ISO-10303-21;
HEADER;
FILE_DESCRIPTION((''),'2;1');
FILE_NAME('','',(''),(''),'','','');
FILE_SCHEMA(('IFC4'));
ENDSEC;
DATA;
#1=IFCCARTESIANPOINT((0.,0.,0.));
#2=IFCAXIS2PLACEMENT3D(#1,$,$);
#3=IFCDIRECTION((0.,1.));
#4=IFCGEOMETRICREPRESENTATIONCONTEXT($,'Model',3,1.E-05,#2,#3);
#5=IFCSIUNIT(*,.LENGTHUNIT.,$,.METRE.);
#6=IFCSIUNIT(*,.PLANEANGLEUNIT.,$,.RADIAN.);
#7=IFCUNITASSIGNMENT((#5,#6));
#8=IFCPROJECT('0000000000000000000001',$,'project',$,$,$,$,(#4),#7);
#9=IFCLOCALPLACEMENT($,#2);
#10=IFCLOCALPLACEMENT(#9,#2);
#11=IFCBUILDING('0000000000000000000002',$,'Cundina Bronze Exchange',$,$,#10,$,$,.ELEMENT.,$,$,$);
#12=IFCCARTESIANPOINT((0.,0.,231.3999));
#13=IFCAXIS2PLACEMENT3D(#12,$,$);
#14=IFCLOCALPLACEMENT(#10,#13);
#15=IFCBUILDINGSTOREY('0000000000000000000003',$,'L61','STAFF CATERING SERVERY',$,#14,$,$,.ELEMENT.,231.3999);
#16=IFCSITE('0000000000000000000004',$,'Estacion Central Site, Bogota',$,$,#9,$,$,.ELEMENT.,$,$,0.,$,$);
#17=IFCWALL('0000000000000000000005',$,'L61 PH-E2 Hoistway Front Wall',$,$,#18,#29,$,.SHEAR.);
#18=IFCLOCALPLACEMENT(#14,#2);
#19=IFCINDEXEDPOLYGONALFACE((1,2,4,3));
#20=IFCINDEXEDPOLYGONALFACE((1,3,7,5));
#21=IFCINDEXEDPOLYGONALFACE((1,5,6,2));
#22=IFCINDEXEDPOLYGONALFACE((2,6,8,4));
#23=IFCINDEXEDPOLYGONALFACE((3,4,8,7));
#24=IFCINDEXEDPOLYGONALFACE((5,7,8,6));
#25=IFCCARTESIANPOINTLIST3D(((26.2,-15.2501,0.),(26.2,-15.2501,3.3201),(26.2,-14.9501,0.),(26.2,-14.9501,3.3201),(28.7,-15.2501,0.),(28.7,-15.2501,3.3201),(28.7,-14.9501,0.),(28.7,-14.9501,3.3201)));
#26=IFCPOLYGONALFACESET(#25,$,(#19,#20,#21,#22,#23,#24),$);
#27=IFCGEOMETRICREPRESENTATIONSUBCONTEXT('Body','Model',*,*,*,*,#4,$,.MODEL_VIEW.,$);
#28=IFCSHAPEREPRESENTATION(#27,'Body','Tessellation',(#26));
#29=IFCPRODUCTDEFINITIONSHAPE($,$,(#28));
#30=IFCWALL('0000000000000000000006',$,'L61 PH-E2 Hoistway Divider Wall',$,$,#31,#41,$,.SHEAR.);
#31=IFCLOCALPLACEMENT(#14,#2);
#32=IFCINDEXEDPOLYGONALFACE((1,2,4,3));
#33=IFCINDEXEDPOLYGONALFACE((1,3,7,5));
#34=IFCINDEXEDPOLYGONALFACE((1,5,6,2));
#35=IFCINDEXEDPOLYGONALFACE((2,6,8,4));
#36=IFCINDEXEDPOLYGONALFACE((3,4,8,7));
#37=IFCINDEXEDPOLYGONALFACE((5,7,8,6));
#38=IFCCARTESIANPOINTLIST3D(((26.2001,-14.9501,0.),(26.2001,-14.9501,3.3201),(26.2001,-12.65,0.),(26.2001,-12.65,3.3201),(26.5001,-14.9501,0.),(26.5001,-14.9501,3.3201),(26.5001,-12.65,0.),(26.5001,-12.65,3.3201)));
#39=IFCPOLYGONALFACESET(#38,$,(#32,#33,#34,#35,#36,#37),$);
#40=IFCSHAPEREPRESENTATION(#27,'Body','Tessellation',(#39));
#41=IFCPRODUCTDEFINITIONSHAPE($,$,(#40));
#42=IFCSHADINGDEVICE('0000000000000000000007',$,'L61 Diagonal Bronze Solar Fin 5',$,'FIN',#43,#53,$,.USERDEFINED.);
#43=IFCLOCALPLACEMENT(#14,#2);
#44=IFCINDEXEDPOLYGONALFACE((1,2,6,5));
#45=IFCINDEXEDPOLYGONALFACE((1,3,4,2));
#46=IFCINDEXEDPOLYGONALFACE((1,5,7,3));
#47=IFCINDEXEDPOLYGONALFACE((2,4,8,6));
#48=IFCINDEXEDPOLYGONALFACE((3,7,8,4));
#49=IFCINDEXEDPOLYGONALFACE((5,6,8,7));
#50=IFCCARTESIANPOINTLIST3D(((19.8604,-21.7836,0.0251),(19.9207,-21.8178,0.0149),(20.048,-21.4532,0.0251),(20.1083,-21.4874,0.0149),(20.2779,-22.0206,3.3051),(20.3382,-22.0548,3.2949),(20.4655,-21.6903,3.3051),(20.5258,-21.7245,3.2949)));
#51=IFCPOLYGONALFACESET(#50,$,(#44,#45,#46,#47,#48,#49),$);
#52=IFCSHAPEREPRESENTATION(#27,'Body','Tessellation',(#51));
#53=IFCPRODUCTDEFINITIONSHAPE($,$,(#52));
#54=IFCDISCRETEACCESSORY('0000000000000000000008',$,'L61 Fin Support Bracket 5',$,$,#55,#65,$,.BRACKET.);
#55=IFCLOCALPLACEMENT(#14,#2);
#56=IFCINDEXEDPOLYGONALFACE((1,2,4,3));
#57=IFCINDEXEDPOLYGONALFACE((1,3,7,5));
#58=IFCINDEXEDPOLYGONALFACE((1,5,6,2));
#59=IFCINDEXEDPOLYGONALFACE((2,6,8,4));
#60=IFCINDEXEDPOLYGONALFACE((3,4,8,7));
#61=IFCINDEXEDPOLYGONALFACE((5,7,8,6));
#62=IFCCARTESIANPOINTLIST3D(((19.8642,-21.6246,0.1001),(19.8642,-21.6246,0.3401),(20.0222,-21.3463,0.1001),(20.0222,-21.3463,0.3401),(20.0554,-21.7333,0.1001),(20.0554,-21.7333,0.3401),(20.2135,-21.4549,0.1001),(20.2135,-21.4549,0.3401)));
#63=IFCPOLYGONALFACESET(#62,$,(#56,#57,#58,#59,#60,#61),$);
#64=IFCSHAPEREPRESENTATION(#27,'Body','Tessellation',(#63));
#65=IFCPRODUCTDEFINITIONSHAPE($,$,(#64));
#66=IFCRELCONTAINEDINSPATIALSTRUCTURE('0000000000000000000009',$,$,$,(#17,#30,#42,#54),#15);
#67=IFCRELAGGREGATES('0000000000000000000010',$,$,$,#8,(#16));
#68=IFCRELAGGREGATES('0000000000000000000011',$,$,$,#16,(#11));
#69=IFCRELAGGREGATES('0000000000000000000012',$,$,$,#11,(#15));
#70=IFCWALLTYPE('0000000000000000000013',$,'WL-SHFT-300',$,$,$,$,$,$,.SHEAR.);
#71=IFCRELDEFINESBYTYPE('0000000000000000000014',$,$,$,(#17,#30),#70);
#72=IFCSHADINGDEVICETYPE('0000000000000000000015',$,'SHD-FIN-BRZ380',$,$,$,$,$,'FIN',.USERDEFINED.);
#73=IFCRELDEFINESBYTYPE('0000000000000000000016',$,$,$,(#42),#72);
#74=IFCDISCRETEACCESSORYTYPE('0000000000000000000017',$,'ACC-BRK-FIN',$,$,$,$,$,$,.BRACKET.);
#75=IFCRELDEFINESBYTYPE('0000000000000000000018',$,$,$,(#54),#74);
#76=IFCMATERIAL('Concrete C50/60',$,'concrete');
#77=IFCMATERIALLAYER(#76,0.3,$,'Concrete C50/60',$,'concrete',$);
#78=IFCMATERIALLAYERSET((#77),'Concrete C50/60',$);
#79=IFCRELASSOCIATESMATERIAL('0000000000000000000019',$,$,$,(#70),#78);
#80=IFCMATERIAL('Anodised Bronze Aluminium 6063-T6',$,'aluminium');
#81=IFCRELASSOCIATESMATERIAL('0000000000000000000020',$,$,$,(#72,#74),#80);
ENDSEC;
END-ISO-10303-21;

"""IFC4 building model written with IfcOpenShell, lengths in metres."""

from ifc_helpers import new_model, si_unit, direction, frame, frame_2d, origin, origin_2d, place, context, subcontext, project, spatial, rectangle, extrude, material, layer, layer_set, material_profile, profile_set, type_object, element, save


model = new_model("IFC4")

# Units and contexts
model_context = context("Model", 3, precision=1e-05, world=origin(), true_north=direction((0.0, 1.0)))
body_context = subcontext(model_context, "Body", "Model", "MODEL_VIEW")
ifc_project = project(units=[si_unit("LENGTHUNIT", "METRE"), si_unit("PLANEANGLEUNIT", "RADIAN")], contexts=[model_context])

# Site, building, storey
site_placement = place(None, origin())
site = spatial("IfcSite", under=ifc_project, at=site_placement, Name="Estacion Central Site, Bogota", CompositionType="ELEMENT", RefElevation=0.0)
building_placement = place(site_placement, origin())
building = spatial("IfcBuilding", under=site, at=building_placement, Name="Cundina Bronze Exchange", CompositionType="ELEMENT")
storey_placement = place(building_placement, frame((0.0, 0.0, 231.3999)))
storey = spatial("IfcBuildingStorey", under=building, at=storey_placement, Name="L61", Description="STAFF CATERING SERVERY", CompositionType="ELEMENT", Elevation=231.3999)

# Shared definitions
ifc_material_1 = material(Name="Concrete C50/60", Category="concrete")

# Shared definitions
ifc_material_2 = material(Name="Anodised Bronze Aluminium 6063-T6", Category="aluminium")

# Walls
ifc_layer_1 = layer(ifc_material_1, 0.3, Name="Concrete C50/60", Category="concrete")
ifc_layer_set_1 = layer_set([ifc_layer_1], Name="Concrete C50/60")
wall_type_1 = type_object("IfcWallType", Name="WL-SHFT-300", PredefinedType="SHEAR", material=ifc_layer_set_1)
wall_1_placement = place(storey_placement, frame((26.2, -15.1001, 0.0), z_axis=(0.0, 0.0, 1.0), x_axis=(1.0, 0.0, 0.0)))
element("IfcWall", 1, at=wall_1_placement, inside=storey, type_object=wall_type_1, Name="L61 PH-E2 Hoistway Front Wall", PredefinedType="SHEAR", context=body_context, shape_type="SweptSolid", body=[
    extrude(rectangle(XDim=2.5, YDim=0.3, at=frame_2d((1.25, 0.0))), origin(), (0.0, 0.0, 1.0), 3.3201),
])
wall_2_placement = place(storey_placement, frame((26.3501, -14.95, 0.0), z_axis=(0.0, 0.0, 1.0), x_axis=(0.0, 1.0, 0.0)))
element("IfcWall", 2, at=wall_2_placement, inside=storey, type_object=wall_type_1, Name="L61 PH-E2 Hoistway Divider Wall", PredefinedType="SHEAR", context=body_context, shape_type="SweptSolid", body=[
    extrude(rectangle(XDim=2.3, YDim=0.3, at=frame_2d((1.1499, 0.0))), origin(), (0.0, 0.0, 1.0), 3.3201),
])

# Shading device
ifc_material_profile_1 = material_profile(ifc_material_2, rectangle(XDim=0.0701, YDim=0.3799, at=origin_2d()), Name="FIN70X380", Category="aluminium")
ifc_profile_set_1 = profile_set([ifc_material_profile_1], Name="Anodised Bronze Aluminium 6063-T6")
shading_device_type = type_object("IfcShadingDeviceType", Name="SHD-FIN-BRZ380", ElementType="FIN", PredefinedType="USERDEFINED", material=ifc_profile_set_1)
shading_device_placement = place(storey_placement, frame((19.9844, -21.6355, 0.02), z_axis=(0.125938, -0.071512, 0.989457), x_axis=(-0.860418, 0.488576, 0.144825)))
element("IfcShadingDevice", 3, at=shading_device_placement, inside=storey, type_object=shading_device_type, Name="L61 Diagonal Bronze Solar Fin 5", ObjectType="FIN", PredefinedType="USERDEFINED", context=body_context, shape_type="SweptSolid", body=[
    extrude(rectangle(XDim=0.0701, YDim=0.3799, at=origin_2d()), origin(), (0.0, 0.0, 1.0), 3.3149),
])

# Discrete accessory
discrete_accessory_type = type_object("IfcDiscreteAccessoryType", Name="ACC-BRK-FIN", PredefinedType="BRACKET", material=ifc_material_2)
discrete_accessory_placement = place(storey_placement, frame((20.0388, -21.5398, 0.1001), z_axis=(0.0, 0.0, 1.0), x_axis=(0.869573, -0.493805, 0.0)))
element("IfcDiscreteAccessory", 4, at=discrete_accessory_placement, inside=storey, type_object=discrete_accessory_type, Name="L61 Fin Support Bracket 5", PredefinedType="BRACKET", context=body_context, shape_type="SweptSolid", body=[
    extrude(rectangle(XDim=0.22, YDim=0.3201, at=origin_2d()), origin(), (0.0, 0.0, 1.0), 0.24),
])

save(model, "model.ifc")
